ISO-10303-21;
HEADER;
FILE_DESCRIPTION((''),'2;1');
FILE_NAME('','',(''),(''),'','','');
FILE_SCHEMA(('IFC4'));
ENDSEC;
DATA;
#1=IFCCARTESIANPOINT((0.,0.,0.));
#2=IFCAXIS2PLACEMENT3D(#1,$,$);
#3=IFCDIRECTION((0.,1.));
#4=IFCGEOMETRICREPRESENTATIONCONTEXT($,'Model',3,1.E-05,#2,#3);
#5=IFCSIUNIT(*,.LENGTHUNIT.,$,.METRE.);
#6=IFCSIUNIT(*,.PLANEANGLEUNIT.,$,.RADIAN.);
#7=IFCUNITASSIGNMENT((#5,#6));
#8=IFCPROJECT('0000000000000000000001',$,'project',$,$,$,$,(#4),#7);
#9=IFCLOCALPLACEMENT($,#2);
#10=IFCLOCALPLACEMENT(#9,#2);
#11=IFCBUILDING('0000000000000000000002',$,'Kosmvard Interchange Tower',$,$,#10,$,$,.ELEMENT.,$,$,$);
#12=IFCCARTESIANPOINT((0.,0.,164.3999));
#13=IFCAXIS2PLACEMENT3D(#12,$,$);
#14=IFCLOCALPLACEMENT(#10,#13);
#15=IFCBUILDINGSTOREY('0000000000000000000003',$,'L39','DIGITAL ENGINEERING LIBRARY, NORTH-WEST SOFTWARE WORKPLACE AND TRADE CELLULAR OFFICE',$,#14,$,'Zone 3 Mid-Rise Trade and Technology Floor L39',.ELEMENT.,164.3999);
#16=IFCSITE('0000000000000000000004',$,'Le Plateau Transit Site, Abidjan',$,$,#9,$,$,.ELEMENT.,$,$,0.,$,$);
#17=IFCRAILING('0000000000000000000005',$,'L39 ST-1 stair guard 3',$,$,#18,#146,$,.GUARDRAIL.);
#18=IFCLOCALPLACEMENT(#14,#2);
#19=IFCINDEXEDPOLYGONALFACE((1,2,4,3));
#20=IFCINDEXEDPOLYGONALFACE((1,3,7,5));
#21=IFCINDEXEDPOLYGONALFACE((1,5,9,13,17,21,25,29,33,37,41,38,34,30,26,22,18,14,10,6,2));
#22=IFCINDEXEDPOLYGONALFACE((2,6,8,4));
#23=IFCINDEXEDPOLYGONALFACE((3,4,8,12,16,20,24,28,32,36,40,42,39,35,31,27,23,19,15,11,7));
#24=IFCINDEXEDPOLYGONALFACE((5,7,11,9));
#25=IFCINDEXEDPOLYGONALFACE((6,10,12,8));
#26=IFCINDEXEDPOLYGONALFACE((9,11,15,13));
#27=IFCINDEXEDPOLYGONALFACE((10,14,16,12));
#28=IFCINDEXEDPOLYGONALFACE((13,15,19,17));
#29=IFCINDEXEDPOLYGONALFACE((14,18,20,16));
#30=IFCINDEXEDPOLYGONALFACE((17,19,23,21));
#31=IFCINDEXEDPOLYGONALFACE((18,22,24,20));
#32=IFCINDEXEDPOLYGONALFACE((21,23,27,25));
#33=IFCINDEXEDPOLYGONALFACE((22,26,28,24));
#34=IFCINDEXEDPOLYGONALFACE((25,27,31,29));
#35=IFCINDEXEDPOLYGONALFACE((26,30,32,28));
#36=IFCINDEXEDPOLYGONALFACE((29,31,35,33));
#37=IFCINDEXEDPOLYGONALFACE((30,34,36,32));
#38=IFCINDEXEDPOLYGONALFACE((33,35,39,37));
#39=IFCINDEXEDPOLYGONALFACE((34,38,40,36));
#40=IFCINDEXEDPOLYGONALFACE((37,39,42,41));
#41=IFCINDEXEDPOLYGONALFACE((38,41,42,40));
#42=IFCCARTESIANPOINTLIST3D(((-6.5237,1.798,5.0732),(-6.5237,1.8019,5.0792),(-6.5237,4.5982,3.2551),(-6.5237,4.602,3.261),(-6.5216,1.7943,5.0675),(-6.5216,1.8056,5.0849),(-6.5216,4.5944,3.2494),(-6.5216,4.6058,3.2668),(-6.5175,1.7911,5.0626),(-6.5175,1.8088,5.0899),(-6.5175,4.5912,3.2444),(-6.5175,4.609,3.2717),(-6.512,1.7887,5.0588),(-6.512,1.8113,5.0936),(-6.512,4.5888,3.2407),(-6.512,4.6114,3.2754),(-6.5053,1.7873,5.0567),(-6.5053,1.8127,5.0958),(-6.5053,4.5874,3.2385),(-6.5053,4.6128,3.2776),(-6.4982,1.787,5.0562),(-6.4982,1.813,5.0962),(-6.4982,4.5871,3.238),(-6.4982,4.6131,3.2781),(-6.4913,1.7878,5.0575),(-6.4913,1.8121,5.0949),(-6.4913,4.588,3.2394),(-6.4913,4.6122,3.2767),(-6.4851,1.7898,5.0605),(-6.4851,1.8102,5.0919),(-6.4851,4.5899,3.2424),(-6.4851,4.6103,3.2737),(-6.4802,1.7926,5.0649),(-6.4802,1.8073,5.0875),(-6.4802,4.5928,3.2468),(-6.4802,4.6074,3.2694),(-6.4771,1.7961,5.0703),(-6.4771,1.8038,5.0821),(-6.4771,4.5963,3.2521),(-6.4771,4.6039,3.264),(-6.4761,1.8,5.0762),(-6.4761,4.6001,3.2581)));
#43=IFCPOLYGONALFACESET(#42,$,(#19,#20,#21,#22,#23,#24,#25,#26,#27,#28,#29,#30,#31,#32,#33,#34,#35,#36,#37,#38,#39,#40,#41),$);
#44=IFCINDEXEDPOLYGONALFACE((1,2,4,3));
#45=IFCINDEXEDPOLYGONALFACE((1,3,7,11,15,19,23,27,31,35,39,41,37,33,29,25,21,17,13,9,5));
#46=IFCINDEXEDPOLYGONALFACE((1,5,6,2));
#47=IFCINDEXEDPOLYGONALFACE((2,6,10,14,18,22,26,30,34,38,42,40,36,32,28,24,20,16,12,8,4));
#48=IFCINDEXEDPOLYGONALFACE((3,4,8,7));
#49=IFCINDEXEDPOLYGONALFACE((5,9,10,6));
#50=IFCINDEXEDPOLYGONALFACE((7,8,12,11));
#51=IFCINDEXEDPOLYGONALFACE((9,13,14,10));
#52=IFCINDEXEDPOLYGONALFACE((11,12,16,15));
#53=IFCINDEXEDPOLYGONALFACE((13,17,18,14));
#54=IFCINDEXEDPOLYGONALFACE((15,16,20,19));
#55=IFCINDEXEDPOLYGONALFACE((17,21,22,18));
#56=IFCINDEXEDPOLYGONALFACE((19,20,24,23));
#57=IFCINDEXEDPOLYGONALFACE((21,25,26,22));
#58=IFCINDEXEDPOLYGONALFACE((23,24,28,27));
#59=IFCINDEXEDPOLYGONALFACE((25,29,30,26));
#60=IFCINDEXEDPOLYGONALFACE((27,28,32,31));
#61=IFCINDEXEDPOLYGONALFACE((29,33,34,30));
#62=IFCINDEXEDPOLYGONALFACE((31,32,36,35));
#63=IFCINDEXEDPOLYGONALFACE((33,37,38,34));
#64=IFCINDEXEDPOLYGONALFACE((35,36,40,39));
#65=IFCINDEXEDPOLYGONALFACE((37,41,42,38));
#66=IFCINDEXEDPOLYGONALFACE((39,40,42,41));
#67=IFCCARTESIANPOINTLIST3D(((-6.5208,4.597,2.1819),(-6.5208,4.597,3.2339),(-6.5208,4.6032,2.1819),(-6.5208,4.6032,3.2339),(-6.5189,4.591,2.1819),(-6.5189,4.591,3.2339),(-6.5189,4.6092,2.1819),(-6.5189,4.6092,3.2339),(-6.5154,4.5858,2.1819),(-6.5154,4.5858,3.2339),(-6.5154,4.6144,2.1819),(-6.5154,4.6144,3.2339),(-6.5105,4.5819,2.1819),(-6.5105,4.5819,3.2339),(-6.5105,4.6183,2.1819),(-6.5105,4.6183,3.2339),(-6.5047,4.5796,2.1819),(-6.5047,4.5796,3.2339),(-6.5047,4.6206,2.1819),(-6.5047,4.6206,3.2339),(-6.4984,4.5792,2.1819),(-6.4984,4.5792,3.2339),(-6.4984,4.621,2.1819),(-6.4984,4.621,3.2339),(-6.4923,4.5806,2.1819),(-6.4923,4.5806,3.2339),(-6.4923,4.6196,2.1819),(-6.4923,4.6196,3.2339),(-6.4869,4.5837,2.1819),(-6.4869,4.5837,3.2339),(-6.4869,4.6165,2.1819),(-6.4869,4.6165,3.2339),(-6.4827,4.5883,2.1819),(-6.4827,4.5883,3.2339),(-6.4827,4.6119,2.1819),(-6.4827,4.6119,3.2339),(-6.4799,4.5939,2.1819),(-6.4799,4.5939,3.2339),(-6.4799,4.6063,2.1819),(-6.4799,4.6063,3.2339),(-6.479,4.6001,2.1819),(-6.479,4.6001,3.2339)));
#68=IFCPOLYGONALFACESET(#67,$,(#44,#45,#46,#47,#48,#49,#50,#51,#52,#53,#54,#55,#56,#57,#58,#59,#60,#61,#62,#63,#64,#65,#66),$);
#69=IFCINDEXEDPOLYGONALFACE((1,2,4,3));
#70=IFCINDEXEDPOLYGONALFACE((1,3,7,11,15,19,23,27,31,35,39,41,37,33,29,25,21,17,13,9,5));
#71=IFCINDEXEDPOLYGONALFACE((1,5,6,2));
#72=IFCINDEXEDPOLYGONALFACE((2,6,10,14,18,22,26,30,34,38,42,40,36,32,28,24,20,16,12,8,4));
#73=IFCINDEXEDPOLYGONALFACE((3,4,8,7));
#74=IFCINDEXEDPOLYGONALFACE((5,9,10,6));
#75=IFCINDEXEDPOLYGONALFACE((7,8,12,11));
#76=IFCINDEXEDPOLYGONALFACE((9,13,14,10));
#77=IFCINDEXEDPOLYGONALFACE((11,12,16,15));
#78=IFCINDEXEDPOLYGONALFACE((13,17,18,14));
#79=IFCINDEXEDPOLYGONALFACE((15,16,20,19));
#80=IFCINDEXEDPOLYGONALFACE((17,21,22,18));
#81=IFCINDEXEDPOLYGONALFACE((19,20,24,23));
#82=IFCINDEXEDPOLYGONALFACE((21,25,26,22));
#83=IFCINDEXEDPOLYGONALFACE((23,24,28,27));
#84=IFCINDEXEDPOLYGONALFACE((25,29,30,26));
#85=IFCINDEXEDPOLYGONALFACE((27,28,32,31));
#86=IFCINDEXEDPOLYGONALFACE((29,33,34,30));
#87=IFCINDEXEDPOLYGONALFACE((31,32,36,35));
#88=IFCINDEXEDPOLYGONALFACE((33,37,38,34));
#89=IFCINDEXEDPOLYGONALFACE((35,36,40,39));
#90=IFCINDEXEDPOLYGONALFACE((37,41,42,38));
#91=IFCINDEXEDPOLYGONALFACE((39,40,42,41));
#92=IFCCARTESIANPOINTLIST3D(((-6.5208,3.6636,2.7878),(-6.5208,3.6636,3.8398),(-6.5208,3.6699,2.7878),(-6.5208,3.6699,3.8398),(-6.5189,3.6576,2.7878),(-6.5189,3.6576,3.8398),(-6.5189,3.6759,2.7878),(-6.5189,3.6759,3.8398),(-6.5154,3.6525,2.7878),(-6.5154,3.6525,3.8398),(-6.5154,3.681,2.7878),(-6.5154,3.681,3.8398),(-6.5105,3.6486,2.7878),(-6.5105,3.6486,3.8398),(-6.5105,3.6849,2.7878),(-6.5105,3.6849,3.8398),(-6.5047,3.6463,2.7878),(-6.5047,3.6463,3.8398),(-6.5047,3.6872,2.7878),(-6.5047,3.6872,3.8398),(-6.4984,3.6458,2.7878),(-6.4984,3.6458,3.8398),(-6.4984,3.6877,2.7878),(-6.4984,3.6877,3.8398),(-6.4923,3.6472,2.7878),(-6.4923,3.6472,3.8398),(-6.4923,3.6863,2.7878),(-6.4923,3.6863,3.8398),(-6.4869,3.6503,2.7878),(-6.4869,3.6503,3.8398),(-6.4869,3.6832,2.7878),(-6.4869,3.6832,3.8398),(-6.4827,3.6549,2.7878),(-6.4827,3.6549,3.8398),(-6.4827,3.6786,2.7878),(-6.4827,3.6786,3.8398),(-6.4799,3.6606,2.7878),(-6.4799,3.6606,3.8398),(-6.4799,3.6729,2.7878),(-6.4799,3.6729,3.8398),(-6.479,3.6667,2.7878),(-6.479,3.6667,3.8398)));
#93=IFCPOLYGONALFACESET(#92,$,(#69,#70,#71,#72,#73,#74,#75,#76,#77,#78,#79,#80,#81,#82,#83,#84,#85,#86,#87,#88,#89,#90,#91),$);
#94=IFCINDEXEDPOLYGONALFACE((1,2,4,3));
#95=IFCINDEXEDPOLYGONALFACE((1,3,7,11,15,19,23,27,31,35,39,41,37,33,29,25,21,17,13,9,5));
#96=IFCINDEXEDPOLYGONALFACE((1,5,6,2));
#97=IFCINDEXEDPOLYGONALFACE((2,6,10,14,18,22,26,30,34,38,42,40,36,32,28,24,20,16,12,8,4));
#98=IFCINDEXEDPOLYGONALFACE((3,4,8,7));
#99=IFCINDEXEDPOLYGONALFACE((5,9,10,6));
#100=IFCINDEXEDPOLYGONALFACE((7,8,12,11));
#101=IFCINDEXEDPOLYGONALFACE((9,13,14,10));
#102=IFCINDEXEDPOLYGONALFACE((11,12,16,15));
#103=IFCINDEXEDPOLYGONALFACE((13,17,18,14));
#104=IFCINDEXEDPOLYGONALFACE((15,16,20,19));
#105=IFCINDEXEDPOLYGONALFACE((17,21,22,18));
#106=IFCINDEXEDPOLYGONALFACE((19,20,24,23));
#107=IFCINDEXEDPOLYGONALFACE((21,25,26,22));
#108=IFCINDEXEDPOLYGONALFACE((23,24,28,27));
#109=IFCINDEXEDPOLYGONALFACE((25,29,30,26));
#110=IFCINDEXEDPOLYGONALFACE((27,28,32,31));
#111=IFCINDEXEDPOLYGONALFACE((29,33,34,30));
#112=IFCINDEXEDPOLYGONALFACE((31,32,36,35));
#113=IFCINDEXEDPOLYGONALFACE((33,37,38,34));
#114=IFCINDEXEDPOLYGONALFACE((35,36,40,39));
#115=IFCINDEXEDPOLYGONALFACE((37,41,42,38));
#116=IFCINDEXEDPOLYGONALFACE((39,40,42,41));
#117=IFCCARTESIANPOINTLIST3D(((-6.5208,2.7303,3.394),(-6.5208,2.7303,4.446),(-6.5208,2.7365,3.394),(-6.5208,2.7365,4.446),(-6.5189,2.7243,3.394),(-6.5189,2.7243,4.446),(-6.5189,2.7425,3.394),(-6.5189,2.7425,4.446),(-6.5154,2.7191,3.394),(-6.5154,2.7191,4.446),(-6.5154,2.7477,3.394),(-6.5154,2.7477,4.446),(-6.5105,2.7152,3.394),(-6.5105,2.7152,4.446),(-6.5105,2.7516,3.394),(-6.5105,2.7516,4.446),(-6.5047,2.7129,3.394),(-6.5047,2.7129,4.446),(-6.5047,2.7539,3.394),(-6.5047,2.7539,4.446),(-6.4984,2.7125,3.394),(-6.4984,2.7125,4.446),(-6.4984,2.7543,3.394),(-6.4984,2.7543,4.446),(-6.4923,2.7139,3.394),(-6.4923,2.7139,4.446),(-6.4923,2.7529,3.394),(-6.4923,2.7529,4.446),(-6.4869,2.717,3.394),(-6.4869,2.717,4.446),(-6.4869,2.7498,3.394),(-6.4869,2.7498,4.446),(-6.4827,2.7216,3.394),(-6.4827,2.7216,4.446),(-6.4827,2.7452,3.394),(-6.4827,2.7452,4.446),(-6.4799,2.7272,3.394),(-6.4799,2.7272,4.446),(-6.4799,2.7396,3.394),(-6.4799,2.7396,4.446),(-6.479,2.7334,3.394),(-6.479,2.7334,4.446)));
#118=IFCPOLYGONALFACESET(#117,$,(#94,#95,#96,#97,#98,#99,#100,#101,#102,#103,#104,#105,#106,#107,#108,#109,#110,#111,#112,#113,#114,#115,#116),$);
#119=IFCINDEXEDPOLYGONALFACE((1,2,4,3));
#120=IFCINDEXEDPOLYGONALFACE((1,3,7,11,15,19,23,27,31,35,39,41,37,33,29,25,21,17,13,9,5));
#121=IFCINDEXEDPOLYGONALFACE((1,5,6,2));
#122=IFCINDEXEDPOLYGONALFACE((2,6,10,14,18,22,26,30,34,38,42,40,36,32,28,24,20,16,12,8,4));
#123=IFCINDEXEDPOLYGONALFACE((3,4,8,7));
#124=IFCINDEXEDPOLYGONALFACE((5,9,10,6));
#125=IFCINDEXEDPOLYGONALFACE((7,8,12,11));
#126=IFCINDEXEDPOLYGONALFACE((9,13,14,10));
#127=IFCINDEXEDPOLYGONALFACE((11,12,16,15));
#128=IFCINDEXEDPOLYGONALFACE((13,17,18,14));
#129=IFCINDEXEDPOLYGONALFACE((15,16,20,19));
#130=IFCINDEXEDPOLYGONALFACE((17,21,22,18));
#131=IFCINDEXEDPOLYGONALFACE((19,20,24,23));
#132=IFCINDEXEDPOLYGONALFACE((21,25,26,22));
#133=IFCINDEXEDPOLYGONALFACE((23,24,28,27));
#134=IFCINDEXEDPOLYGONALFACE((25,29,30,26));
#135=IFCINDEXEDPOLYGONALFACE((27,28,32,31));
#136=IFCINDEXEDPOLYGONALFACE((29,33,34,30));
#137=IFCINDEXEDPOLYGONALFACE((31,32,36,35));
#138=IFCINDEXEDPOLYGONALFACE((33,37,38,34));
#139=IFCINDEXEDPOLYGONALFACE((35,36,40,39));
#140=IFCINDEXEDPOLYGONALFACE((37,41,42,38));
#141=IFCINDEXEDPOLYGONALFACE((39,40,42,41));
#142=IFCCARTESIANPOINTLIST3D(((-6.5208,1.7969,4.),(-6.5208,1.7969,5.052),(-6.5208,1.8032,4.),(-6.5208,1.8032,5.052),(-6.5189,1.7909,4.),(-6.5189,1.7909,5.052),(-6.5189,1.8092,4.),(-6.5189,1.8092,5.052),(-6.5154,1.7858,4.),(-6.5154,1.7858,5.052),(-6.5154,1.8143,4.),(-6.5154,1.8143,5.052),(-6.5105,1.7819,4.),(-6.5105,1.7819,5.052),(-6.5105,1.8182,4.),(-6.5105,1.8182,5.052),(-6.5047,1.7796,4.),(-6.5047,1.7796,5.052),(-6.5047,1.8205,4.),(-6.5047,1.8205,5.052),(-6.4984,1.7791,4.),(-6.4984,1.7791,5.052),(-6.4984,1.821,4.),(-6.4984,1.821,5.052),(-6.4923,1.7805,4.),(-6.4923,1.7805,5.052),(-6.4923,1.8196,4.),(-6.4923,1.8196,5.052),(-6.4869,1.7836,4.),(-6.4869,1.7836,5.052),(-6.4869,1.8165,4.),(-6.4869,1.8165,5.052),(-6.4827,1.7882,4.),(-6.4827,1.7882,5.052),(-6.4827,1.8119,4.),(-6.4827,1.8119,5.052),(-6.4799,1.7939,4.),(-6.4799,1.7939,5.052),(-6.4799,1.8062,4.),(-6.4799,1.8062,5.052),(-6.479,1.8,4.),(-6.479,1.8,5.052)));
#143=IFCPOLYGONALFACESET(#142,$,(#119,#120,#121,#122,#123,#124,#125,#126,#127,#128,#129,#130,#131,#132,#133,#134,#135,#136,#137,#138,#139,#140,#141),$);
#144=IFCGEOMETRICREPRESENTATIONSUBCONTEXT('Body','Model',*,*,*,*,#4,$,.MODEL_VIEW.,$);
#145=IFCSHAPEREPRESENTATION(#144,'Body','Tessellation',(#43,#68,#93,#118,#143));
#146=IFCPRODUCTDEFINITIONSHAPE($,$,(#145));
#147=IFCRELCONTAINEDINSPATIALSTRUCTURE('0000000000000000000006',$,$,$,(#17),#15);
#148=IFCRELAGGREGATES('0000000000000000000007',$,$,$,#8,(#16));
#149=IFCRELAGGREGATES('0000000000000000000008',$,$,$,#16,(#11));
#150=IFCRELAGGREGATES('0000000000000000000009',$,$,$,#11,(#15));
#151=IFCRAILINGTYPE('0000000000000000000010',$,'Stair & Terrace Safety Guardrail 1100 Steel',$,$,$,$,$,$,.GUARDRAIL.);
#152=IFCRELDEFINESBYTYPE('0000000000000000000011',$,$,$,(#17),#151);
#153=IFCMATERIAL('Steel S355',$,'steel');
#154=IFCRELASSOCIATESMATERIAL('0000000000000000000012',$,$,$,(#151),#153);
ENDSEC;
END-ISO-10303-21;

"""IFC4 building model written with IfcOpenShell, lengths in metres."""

from ifc_helpers import new_model, si_unit, direction, frame, origin, origin_2d, place, context, subcontext, project, spatial, circle, extrude, source, transform, mapped, material, type_object, element, save


model = new_model("IFC4")

# Units and contexts
model_context = context("Model", 3, precision=1e-05, world=origin(), true_north=direction((0.0, 1.0)))
body_context = subcontext(model_context, "Body", "Model", "MODEL_VIEW")
ifc_project = project(units=[si_unit("LENGTHUNIT", "METRE"), si_unit("PLANEANGLEUNIT", "RADIAN")], contexts=[model_context])

# Site, building, storey
site_placement = place(None, origin())
site = spatial("IfcSite", under=ifc_project, at=site_placement, Name="Le Plateau Transit Site, Abidjan", CompositionType="ELEMENT", RefElevation=0.0)
building_placement = place(site_placement, origin())
building = spatial("IfcBuilding", under=site, at=building_placement, Name="Kosmvard Interchange Tower", CompositionType="ELEMENT")
storey_placement = place(building_placement, frame((0.0, 0.0, 164.3999)))
storey = spatial("IfcBuildingStorey", under=building, at=storey_placement, Name="L39", Description="DIGITAL ENGINEERING LIBRARY, NORTH-WEST SOFTWARE WORKPLACE AND TRADE CELLULAR OFFICE", LongName="Zone 3 Mid-Rise Trade and Technology Floor L39", CompositionType="ELEMENT", Elevation=164.3999)

# Shared definitions
ifc_material_1 = material(Name="Steel S355", Category="steel")

# Railing
railing_type_1 = type_object("IfcRailingType", Name="Stair & Terrace Safety Guardrail 1100 Steel", PredefinedType="GUARDRAIL", material=ifc_material_1)
shared_shape_1 = source(origin(), body_context, "Body", "SweptSolid", [
    extrude(circle(Radius=0.0239, at=origin_2d()), frame((0.0, 0.0, 1.0762), z_axis=(0.0, -0.838706, 0.544585), x_axis=(1.0, 0.0, 0.0)), (0.0, 0.0, 1.0), 3.3386),
    extrude(circle(Radius=0.021, at=origin_2d()), origin(), (0.0, 0.0, 1.0), 1.052),
    extrude(circle(Radius=0.021, at=origin_2d()), frame((0.0, -0.9333, 0.606)), (0.0, 0.0, 1.0), 1.052),
    extrude(circle(Radius=0.021, at=origin_2d()), frame((0.0, -1.8667, 1.2122)), (0.0, 0.0, 1.0), 1.052),
    extrude(circle(Radius=0.021, at=origin_2d()), frame((0.0, -2.8, 1.8181)), (0.0, 0.0, 1.0), 1.052),
])
railing_1_placement = place(storey_placement, frame((-6.5, 4.6001, 2.1819)))
element("IfcRailing", 1, at=railing_1_placement, inside=storey, type_object=railing_type_1, Name="L39 ST-1 stair guard 3", PredefinedType="GUARDRAIL", context=body_context, shape_type="MappedRepresentation", body=[
    mapped(shared_shape_1, transform((0.0, 0.0, 0.0), scale=1.0)),
])

save(model, "model.ifc")
